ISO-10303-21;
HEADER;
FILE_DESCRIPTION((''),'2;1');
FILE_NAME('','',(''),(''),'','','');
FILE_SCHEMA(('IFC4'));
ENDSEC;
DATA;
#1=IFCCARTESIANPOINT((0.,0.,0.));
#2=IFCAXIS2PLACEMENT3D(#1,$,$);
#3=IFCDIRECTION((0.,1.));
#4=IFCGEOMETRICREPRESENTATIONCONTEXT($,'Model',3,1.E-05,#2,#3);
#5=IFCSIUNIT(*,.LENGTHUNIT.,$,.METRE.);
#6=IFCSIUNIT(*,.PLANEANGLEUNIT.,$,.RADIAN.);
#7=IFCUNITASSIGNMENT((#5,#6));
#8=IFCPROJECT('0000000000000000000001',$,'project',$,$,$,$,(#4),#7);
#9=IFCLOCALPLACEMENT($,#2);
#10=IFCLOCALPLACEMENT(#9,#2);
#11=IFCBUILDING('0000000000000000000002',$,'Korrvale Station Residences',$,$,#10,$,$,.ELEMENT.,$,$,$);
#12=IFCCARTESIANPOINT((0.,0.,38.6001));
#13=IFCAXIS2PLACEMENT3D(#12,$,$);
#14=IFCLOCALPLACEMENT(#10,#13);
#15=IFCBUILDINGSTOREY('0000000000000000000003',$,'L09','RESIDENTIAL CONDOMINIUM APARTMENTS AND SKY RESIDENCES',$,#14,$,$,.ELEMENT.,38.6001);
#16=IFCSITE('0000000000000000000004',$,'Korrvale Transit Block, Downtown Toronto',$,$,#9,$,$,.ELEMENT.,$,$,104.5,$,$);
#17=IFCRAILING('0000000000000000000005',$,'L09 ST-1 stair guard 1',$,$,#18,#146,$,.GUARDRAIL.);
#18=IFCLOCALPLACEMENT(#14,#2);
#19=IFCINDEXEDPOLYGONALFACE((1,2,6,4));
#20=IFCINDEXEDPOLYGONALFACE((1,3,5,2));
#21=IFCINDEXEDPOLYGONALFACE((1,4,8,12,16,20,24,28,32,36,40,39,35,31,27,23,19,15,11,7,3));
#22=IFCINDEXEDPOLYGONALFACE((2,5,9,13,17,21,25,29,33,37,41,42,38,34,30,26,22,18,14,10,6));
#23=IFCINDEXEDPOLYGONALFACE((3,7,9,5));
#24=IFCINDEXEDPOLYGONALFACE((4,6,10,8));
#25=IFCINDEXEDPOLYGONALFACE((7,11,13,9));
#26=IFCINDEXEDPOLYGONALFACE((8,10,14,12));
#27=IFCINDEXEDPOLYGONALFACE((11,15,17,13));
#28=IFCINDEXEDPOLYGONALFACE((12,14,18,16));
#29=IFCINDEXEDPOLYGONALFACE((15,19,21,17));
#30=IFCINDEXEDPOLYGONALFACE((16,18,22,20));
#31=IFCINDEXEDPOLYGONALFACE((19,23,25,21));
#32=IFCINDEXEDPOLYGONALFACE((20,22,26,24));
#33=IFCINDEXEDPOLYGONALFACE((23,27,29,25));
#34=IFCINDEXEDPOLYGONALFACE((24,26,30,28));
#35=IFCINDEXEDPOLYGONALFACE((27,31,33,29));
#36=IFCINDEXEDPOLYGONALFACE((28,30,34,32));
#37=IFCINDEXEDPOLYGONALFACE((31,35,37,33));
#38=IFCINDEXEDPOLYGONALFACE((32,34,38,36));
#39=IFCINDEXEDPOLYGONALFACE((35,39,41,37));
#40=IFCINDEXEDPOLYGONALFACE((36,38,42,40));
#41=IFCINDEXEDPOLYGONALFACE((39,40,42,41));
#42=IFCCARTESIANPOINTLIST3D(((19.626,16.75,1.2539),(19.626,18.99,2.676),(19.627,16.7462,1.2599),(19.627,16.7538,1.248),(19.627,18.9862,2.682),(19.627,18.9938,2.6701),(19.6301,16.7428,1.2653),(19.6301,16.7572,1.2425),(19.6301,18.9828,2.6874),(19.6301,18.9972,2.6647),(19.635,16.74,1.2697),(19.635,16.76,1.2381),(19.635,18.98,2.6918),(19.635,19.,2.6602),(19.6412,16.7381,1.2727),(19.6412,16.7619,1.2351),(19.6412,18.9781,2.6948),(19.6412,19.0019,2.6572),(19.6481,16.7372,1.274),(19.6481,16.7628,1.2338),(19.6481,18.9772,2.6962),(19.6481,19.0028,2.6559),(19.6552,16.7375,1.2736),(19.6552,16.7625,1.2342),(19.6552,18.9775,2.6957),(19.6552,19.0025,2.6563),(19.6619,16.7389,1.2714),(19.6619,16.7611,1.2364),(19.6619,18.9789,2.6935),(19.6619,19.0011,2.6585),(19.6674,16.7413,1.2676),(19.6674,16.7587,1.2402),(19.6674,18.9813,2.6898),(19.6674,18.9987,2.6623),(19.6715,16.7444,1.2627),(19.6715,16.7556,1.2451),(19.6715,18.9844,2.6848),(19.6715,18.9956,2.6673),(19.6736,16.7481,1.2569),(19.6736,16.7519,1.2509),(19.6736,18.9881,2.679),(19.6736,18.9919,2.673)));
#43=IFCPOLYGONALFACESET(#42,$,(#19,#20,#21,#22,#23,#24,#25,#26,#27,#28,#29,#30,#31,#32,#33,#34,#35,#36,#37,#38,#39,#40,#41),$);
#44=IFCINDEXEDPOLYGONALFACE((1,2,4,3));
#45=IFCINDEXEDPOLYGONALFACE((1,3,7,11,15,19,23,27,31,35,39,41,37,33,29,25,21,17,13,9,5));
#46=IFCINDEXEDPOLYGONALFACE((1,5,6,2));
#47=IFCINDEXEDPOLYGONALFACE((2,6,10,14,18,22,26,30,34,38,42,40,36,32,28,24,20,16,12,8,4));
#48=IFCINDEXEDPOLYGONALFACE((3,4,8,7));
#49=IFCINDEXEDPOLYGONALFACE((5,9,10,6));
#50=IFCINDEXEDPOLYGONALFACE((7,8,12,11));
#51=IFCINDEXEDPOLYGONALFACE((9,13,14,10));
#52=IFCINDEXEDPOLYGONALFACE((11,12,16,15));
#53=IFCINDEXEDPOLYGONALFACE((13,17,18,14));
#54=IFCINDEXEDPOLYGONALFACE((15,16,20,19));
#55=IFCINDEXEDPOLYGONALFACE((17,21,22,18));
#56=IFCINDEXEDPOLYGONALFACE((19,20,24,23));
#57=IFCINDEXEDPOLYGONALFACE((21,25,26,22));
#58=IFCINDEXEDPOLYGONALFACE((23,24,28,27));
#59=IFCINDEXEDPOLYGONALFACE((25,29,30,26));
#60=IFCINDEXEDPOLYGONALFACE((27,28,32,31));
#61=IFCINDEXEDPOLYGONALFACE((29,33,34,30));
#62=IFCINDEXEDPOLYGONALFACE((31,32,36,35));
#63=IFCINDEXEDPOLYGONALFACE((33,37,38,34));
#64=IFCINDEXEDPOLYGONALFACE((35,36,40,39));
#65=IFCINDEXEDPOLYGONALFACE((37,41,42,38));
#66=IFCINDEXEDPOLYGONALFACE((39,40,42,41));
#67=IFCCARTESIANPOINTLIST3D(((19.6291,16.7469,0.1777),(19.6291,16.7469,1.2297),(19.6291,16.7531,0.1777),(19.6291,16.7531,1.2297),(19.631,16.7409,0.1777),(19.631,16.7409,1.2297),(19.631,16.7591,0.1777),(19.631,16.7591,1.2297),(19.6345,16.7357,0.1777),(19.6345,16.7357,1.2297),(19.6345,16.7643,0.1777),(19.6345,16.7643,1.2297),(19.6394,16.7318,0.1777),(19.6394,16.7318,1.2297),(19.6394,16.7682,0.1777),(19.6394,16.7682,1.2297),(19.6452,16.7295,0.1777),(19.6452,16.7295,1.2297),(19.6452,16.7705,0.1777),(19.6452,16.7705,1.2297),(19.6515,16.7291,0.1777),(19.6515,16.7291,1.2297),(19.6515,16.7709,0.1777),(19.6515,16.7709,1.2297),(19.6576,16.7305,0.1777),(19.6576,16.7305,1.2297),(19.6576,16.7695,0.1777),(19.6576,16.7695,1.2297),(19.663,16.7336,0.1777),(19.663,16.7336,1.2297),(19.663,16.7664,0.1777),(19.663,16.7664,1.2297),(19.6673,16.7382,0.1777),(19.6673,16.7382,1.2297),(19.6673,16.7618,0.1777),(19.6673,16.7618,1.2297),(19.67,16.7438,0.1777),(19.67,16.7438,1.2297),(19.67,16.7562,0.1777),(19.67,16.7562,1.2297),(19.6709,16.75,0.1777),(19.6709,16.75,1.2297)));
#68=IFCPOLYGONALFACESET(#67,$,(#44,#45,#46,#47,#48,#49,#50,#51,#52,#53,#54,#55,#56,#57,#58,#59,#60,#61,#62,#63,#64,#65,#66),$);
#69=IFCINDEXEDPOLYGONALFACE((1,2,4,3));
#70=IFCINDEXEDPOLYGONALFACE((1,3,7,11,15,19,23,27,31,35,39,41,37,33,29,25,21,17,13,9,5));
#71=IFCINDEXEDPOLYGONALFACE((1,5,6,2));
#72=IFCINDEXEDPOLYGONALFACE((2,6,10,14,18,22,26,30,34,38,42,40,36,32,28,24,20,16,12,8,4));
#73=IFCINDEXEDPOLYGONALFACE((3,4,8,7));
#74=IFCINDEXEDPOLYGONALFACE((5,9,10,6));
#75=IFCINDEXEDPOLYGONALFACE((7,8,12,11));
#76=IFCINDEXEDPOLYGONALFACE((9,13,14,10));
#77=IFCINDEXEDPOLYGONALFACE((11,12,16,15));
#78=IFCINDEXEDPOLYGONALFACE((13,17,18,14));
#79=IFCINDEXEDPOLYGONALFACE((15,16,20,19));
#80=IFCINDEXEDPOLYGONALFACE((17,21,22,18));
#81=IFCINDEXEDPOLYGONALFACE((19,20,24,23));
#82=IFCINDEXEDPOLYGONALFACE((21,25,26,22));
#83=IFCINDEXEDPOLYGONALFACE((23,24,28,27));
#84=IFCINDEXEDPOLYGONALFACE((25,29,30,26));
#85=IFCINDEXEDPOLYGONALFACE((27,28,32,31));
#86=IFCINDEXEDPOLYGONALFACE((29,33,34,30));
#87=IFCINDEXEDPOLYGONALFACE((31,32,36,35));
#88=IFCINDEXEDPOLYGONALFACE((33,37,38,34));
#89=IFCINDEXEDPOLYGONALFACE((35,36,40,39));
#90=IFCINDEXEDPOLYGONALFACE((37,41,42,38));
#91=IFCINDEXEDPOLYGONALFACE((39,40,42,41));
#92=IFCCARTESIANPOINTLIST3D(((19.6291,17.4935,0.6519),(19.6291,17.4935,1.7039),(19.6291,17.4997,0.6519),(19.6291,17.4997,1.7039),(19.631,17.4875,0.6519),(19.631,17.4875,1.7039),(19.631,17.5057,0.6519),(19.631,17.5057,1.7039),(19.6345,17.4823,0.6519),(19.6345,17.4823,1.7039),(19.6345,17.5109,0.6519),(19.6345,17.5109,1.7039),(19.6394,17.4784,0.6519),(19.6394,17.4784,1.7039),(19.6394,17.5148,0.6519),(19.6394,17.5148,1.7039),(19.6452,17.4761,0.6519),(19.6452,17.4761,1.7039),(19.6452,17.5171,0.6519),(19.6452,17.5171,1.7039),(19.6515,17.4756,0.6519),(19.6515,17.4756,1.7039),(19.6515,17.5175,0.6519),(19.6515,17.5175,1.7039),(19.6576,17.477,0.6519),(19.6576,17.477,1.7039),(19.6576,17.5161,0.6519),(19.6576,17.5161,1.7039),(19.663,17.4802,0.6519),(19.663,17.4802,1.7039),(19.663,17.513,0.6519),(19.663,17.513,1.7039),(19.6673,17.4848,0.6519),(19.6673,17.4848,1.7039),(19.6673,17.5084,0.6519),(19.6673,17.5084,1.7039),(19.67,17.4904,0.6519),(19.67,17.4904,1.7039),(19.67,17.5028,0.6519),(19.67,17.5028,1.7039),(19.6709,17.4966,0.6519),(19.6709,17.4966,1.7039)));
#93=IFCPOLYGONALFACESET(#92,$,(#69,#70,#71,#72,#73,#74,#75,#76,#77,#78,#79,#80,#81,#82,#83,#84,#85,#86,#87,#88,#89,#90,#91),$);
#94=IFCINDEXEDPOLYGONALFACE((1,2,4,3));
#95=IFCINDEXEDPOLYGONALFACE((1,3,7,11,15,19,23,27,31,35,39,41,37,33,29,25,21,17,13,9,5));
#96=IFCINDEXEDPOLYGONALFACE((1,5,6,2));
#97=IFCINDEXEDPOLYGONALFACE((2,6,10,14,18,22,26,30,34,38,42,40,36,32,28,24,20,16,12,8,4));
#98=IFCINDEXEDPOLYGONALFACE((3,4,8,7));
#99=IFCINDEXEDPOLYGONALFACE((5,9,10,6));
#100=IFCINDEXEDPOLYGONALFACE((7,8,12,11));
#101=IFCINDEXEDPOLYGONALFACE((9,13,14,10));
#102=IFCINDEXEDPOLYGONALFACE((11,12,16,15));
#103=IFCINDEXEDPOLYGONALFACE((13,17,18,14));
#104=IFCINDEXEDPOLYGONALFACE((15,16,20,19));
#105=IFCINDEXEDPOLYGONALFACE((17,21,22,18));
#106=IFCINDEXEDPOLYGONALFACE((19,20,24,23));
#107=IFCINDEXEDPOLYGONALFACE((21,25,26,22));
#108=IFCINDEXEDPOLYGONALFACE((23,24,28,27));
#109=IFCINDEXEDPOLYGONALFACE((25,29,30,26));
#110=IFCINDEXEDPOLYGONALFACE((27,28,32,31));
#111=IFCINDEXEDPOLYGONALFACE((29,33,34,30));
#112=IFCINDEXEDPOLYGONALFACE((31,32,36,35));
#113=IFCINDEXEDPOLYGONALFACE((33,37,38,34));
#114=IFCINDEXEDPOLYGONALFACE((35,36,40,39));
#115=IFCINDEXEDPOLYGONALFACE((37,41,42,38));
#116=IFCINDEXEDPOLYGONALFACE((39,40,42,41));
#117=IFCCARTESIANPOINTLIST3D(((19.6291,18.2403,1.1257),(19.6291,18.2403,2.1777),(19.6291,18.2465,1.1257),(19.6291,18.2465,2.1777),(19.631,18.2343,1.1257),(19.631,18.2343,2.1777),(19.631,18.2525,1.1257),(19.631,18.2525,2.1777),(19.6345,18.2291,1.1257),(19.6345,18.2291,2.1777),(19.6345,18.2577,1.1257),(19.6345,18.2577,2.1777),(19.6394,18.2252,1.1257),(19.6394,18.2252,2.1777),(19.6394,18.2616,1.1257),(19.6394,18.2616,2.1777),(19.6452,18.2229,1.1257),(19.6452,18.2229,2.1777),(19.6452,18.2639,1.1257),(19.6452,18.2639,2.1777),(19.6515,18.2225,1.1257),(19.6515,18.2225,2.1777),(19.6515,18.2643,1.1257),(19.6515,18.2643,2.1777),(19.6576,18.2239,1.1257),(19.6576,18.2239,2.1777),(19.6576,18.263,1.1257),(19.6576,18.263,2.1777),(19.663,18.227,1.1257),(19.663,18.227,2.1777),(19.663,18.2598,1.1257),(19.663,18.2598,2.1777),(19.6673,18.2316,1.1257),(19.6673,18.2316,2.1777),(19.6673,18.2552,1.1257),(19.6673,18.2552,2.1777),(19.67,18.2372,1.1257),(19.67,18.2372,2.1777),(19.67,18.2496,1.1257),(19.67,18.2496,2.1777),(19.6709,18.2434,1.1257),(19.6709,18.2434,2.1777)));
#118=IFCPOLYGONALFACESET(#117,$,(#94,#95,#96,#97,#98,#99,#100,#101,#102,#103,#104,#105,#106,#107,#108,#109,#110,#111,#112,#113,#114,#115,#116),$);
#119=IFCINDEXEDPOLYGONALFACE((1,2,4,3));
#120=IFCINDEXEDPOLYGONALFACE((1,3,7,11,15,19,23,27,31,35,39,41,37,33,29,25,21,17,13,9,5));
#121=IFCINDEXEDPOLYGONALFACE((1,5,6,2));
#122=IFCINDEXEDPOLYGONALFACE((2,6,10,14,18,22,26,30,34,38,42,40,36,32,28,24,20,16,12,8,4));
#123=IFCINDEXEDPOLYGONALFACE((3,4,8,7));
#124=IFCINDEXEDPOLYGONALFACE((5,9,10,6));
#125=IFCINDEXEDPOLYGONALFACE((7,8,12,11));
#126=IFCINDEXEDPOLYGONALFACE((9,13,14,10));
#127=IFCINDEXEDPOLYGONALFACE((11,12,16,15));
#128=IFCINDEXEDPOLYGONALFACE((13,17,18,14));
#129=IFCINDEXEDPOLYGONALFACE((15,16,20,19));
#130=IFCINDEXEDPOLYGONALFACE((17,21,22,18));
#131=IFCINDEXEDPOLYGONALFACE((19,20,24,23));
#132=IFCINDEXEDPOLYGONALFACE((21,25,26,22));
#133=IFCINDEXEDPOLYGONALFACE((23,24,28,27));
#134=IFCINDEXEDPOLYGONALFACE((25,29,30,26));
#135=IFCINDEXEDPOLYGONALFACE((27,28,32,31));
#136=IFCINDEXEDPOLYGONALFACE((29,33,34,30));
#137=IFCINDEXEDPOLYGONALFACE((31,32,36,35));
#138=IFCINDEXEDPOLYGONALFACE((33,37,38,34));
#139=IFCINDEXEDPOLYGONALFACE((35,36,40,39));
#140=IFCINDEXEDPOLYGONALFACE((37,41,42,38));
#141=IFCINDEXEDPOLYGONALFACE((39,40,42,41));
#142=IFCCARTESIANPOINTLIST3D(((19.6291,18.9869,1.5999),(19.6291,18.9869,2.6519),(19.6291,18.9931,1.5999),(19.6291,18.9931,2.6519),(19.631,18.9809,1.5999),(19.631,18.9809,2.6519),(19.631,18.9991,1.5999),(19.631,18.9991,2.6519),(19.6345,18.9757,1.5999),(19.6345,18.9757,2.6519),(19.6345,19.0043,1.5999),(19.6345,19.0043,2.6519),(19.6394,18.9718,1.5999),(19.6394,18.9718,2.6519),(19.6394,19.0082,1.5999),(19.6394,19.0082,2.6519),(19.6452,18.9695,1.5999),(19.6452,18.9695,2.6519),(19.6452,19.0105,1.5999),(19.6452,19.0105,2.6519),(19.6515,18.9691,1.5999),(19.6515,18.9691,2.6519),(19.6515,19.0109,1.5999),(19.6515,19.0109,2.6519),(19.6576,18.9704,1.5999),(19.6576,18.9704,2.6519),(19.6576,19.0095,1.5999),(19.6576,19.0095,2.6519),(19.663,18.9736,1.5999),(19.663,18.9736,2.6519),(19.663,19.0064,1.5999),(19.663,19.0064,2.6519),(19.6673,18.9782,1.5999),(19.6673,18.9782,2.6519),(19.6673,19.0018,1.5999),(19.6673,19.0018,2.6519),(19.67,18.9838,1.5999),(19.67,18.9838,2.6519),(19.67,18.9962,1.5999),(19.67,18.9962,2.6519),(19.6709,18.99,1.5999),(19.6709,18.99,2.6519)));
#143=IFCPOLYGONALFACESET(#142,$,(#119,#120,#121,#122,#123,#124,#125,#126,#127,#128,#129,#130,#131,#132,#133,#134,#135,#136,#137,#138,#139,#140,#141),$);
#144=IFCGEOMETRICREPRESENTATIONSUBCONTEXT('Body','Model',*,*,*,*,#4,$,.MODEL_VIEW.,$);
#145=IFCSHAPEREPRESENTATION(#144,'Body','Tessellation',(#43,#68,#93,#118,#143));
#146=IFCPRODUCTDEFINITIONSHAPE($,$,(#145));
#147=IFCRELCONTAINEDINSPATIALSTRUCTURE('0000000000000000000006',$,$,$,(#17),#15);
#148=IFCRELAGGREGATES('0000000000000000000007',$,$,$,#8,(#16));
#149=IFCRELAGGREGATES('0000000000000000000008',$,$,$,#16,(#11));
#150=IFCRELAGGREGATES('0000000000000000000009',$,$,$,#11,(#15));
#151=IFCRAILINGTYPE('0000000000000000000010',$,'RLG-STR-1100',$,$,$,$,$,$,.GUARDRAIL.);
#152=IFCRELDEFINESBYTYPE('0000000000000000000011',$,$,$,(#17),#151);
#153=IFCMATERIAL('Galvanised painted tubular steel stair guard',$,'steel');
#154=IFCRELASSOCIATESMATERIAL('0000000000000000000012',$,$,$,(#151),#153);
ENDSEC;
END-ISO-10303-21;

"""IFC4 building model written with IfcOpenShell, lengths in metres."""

from ifc_helpers import new_model, si_unit, direction, frame, origin, origin_2d, place, context, subcontext, project, spatial, circle, extrude, material, type_object, element, save


model = new_model("IFC4")

# Units and contexts
model_context = context("Model", 3, precision=1e-05, world=origin(), true_north=direction((0.0, 1.0)))
body_context = subcontext(model_context, "Body", "Model", "MODEL_VIEW")
ifc_project = project(units=[si_unit("LENGTHUNIT", "METRE"), si_unit("PLANEANGLEUNIT", "RADIAN")], contexts=[model_context])

# Site, building, storey
site_placement = place(None, origin())
site = spatial("IfcSite", under=ifc_project, at=site_placement, Name="Korrvale Transit Block, Downtown Toronto", CompositionType="ELEMENT", RefElevation=104.5)
building_placement = place(site_placement, origin())
building = spatial("IfcBuilding", under=site, at=building_placement, Name="Korrvale Station Residences", CompositionType="ELEMENT")
storey_placement = place(building_placement, frame((0.0, 0.0, 38.6001)))
storey = spatial("IfcBuildingStorey", under=building, at=storey_placement, Name="L09", Description="RESIDENTIAL CONDOMINIUM APARTMENTS AND SKY RESIDENCES", CompositionType="ELEMENT", Elevation=38.6001)

# Railing
ifc_material_1 = material(Name="Galvanised painted tubular steel stair guard", Category="steel")
railing_type_1 = type_object("IfcRailingType", Name="RLG-STR-1100", PredefinedType="GUARDRAIL", material=ifc_material_1)
railing_1_placement = place(storey_placement, frame((19.6499, 16.75, 0.1777)))
element("IfcRailing", 1, at=railing_1_placement, inside=storey, type_object=railing_type_1, Name="L09 ST-1 stair guard 1", PredefinedType="GUARDRAIL", context=body_context, shape_type="SweptSolid", body=[
    extrude(circle(Radius=0.0239, at=origin_2d()), frame((0.0, 0.0, 1.0762), z_axis=(0.0, 0.844229, 0.535982), x_axis=(-1.0, 0.0, 0.0)), (0.0, 0.0, 1.0), 2.6533),
    extrude(circle(Radius=0.021, at=origin_2d()), origin(), (0.0, 0.0, 1.0), 1.052),
    extrude(circle(Radius=0.021, at=origin_2d()), frame((0.0, 0.7466, 0.4741)), (0.0, 0.0, 1.0), 1.052),
    extrude(circle(Radius=0.021, at=origin_2d()), frame((0.0, 1.4934, 0.948)), (0.0, 0.0, 1.0), 1.052),
    extrude(circle(Radius=0.021, at=origin_2d()), frame((0.0, 2.24, 1.4221)), (0.0, 0.0, 1.0), 1.052),
])

save(model, "model.ifc")
